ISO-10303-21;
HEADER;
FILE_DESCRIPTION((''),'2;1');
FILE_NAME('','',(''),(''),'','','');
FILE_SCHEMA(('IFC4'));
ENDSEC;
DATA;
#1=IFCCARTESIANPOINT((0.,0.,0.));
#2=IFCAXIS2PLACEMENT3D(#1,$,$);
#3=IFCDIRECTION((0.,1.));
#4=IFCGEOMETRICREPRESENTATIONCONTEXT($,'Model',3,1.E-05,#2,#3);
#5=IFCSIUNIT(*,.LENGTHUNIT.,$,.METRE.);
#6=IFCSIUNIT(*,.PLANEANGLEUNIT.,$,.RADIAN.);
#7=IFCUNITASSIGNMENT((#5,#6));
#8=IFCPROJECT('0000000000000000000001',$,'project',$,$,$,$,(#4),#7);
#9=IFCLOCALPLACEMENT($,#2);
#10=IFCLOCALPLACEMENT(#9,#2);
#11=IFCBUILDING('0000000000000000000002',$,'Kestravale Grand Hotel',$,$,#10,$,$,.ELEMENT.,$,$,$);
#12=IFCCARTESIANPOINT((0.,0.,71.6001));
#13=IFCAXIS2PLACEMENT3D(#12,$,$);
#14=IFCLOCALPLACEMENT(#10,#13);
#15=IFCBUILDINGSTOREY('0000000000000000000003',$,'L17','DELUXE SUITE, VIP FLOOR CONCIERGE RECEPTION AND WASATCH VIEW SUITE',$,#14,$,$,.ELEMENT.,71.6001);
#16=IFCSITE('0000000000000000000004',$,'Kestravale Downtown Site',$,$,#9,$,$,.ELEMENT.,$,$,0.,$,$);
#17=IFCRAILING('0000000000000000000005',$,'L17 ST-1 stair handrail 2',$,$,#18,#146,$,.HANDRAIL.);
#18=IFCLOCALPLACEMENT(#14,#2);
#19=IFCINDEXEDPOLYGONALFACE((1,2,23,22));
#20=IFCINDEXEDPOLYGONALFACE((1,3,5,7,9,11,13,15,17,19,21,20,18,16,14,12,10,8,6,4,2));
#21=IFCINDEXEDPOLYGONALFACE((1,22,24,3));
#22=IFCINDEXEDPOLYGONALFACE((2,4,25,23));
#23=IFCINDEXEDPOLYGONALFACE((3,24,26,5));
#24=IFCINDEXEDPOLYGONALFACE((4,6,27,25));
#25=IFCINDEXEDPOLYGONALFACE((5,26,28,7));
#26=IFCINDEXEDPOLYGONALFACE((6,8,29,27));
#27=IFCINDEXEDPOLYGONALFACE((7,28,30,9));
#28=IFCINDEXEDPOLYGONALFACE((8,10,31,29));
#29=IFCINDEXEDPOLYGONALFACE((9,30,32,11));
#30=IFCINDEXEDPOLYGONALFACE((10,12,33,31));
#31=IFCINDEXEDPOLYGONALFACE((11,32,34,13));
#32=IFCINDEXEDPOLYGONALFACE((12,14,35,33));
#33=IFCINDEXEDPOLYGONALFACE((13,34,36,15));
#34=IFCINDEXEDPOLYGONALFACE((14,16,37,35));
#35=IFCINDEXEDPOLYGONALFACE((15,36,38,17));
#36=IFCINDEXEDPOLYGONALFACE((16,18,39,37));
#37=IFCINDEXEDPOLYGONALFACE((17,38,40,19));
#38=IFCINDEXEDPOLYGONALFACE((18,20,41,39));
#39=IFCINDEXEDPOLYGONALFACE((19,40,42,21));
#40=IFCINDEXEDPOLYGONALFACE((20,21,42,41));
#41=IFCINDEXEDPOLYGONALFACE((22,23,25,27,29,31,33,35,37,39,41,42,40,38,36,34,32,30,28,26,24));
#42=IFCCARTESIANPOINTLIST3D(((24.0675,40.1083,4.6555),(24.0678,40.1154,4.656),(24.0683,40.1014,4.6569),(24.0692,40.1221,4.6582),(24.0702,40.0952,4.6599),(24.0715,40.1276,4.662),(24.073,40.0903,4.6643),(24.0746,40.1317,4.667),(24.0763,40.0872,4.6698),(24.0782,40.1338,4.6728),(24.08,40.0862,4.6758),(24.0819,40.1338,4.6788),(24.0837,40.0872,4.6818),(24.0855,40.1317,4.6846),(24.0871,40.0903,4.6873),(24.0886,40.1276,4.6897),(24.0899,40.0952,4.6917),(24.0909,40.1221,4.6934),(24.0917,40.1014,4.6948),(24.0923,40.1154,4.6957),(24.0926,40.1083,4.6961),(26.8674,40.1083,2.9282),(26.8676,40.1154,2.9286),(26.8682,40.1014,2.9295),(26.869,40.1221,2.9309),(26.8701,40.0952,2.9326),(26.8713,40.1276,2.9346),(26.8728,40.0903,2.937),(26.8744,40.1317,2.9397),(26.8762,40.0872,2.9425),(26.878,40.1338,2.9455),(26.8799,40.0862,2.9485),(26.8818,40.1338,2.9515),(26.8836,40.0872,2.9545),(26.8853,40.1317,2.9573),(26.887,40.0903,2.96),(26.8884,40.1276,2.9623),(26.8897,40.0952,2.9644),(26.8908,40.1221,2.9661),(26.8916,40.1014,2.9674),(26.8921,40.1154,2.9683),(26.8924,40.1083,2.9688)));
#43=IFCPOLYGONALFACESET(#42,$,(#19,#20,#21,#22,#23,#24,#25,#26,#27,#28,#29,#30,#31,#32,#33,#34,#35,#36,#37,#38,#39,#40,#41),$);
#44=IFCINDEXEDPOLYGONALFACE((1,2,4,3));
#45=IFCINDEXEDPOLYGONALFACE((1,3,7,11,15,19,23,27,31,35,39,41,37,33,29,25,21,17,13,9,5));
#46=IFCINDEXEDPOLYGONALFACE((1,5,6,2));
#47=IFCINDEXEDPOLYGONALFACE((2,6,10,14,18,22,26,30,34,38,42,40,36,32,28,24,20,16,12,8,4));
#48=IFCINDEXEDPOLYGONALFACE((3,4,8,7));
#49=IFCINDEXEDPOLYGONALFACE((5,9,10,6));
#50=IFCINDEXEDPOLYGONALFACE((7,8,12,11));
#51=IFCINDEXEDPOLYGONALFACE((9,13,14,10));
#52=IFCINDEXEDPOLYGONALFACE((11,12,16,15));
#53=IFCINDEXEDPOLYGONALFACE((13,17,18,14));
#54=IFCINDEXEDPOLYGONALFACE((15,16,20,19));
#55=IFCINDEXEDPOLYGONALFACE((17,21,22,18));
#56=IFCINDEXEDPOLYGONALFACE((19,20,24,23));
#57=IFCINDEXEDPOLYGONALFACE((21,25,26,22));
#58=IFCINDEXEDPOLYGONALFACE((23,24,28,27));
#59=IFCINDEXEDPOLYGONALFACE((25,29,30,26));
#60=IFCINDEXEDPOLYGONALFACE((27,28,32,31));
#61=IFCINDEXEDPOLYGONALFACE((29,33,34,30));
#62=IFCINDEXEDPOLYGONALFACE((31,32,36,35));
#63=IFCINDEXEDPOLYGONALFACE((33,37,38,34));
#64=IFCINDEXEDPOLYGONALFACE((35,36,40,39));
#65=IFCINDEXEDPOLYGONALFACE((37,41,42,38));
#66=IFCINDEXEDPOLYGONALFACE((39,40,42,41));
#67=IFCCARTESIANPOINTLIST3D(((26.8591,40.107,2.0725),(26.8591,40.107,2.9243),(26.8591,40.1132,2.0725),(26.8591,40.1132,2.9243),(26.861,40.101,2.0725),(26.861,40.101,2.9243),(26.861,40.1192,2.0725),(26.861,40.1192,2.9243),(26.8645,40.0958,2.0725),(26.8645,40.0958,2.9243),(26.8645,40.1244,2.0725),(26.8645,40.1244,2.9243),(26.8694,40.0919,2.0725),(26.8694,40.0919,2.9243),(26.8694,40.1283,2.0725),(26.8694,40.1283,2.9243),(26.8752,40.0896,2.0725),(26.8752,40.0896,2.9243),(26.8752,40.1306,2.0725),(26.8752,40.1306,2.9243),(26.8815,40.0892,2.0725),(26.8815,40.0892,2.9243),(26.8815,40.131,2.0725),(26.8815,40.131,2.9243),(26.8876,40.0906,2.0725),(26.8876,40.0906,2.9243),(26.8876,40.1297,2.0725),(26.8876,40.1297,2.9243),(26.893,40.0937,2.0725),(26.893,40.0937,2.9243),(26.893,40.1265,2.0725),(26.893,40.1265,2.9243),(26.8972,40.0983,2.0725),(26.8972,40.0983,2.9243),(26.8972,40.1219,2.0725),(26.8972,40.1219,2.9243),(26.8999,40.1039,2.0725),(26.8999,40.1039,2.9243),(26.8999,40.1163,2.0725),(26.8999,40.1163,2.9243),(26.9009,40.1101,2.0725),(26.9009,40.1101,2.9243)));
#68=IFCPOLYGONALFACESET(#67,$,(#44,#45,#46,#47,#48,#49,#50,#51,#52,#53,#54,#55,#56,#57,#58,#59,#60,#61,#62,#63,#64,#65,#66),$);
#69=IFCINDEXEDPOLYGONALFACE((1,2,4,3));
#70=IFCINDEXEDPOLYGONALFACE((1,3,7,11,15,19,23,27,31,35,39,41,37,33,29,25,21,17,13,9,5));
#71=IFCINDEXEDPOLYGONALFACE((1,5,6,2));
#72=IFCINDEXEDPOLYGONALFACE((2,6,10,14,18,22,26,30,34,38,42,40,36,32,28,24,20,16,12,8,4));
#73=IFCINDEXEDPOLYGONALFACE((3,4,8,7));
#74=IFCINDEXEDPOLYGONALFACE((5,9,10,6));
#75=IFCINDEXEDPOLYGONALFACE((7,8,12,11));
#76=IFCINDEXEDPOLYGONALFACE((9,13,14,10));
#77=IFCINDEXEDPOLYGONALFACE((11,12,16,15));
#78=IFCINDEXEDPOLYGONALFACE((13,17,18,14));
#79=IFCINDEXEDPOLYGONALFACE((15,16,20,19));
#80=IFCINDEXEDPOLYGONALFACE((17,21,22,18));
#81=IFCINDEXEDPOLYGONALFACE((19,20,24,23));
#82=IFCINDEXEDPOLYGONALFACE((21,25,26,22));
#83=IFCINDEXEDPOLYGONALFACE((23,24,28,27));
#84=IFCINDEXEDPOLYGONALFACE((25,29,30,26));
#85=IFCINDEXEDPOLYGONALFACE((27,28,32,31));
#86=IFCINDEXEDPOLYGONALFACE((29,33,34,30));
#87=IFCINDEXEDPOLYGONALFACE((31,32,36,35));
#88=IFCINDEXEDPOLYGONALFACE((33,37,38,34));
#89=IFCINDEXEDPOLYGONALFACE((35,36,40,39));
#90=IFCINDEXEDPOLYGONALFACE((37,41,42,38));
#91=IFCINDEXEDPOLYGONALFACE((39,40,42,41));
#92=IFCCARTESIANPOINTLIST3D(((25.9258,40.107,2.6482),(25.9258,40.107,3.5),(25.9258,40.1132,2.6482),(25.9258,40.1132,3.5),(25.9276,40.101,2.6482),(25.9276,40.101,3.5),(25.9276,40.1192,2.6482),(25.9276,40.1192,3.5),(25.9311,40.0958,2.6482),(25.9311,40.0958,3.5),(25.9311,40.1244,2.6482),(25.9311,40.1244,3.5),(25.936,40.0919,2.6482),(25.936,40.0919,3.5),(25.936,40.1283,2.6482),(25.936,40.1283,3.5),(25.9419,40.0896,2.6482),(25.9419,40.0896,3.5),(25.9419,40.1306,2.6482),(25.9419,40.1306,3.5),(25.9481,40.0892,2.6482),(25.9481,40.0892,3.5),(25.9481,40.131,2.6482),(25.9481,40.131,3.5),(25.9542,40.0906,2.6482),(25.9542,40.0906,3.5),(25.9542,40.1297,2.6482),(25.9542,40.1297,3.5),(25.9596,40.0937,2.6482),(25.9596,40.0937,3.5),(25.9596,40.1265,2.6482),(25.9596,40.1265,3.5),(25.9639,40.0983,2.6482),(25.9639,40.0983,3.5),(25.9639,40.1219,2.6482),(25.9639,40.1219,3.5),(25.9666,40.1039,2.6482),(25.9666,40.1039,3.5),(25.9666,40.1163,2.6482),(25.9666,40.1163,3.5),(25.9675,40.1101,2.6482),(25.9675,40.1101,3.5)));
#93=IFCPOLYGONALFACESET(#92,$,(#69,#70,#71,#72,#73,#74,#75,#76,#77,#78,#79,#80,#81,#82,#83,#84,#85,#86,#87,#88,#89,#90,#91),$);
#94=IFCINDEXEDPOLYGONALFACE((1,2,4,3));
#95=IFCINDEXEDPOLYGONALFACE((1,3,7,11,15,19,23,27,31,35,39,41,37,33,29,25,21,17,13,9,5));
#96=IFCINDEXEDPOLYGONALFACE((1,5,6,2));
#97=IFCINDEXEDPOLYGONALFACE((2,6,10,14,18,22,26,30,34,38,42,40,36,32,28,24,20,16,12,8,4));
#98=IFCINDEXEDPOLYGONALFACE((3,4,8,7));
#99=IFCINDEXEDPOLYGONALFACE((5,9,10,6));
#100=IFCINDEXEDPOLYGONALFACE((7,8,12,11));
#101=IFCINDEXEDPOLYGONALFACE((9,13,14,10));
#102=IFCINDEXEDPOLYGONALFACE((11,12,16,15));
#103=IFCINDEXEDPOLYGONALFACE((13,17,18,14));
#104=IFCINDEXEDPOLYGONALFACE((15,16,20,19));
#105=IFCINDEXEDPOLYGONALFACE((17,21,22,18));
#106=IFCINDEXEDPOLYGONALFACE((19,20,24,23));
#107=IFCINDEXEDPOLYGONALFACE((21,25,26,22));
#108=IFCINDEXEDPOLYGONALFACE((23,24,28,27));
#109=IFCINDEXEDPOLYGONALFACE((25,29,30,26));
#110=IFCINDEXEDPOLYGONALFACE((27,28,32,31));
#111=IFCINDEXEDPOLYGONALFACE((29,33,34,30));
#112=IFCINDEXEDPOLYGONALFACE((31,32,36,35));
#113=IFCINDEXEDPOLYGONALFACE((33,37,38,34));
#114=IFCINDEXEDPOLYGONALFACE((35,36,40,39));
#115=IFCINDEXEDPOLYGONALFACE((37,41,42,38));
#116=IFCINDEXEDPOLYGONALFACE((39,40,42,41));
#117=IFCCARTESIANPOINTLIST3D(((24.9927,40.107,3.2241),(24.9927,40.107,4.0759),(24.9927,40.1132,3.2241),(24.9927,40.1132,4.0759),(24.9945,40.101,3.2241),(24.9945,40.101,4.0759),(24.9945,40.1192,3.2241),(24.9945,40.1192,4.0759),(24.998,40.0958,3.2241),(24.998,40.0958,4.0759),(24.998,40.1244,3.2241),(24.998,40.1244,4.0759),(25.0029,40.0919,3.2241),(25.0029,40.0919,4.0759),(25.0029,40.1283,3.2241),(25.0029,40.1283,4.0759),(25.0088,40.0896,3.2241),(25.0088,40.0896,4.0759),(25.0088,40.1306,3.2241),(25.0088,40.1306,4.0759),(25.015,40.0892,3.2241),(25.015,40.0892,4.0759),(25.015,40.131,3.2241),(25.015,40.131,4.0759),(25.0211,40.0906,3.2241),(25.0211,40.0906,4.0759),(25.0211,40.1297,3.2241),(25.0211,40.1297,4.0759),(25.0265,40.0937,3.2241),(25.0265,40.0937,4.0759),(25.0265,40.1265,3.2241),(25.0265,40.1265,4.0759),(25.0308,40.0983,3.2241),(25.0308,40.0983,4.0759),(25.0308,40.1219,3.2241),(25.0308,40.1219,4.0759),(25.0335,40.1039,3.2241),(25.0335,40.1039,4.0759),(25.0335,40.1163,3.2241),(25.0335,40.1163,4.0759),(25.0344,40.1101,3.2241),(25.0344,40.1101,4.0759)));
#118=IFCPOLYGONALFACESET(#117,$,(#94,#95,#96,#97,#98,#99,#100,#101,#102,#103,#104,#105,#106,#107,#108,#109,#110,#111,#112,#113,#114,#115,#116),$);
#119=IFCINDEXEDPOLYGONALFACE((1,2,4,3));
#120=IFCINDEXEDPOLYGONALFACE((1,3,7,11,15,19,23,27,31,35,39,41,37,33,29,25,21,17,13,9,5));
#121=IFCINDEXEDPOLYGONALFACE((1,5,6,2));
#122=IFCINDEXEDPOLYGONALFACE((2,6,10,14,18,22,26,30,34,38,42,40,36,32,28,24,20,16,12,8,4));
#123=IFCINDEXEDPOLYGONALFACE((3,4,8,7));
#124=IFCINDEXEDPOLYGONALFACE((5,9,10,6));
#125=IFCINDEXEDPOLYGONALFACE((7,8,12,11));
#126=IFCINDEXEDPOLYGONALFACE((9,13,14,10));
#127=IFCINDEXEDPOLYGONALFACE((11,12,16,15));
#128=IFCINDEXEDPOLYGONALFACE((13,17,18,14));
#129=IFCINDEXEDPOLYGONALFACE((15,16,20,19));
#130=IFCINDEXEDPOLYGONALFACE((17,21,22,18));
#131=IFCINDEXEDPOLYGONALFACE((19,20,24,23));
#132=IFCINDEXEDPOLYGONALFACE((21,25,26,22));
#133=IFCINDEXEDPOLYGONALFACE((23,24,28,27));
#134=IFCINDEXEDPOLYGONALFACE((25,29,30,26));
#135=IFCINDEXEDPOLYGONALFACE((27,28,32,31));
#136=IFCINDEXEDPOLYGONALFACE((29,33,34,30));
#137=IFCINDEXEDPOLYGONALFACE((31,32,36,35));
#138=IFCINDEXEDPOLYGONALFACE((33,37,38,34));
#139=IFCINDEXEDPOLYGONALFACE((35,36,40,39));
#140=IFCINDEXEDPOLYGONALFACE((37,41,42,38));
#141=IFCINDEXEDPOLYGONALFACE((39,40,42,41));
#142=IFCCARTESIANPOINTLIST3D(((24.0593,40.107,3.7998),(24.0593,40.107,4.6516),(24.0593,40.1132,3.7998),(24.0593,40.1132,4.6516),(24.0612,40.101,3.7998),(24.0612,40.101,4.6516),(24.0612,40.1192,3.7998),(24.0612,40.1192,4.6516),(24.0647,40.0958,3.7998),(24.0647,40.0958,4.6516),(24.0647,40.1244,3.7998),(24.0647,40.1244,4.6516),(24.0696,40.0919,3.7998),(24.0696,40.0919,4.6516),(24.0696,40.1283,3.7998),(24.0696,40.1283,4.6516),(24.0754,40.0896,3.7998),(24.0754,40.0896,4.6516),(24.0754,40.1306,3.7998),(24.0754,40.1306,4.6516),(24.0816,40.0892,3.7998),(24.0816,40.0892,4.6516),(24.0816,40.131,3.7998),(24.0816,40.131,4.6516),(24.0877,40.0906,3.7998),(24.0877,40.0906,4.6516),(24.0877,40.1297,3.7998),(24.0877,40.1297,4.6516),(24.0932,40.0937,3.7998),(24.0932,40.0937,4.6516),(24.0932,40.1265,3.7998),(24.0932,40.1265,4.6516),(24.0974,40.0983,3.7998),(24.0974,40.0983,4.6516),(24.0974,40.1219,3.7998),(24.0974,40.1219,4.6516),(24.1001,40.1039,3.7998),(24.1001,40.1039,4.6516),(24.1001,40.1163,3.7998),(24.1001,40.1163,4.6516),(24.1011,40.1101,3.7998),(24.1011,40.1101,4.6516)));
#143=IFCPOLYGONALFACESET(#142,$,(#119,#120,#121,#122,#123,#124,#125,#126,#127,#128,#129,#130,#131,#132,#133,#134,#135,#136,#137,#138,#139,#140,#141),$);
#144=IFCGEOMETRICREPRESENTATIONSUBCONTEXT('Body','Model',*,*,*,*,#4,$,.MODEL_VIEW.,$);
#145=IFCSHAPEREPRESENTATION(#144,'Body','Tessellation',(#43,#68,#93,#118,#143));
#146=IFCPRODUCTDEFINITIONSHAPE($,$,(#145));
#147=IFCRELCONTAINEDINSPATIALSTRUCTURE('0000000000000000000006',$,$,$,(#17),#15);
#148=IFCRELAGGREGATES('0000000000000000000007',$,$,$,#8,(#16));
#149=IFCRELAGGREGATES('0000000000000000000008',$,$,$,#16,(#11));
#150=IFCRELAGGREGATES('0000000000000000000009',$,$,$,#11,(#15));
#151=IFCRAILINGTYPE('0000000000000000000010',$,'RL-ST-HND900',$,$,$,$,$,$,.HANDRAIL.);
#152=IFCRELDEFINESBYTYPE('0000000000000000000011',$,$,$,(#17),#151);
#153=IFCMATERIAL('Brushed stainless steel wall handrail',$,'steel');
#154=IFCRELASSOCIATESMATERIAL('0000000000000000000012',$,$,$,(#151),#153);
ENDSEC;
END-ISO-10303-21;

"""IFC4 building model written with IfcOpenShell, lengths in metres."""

from ifc_helpers import new_model, si_unit, direction, frame, origin, origin_2d, place, context, subcontext, project, spatial, circle, extrude, material, type_object, element, save


model = new_model("IFC4")

# Units and contexts
model_context = context("Model", 3, precision=1e-05, world=origin(), true_north=direction((0.0, 1.0)))
body_context = subcontext(model_context, "Body", "Model", "MODEL_VIEW")
ifc_project = project(units=[si_unit("LENGTHUNIT", "METRE"), si_unit("PLANEANGLEUNIT", "RADIAN")], contexts=[model_context])

# Site, building, storey
site_placement = place(None, origin())
site = spatial("IfcSite", under=ifc_project, at=site_placement, Name="Kestravale Downtown Site", CompositionType="ELEMENT", RefElevation=0.0)
building_placement = place(site_placement, origin())
building = spatial("IfcBuilding", under=site, at=building_placement, Name="Kestravale Grand Hotel", CompositionType="ELEMENT")
storey_placement = place(building_placement, frame((0.0, 0.0, 71.6001)))
storey = spatial("IfcBuildingStorey", under=building, at=storey_placement, Name="L17", Description="DELUXE SUITE, VIP FLOOR CONCIERGE RECEPTION AND WASATCH VIEW SUITE", CompositionType="ELEMENT", Elevation=71.6001)

# Railing
ifc_material_1 = material(Name="Brushed stainless steel wall handrail", Category="steel")
railing_type_1 = type_object("IfcRailingType", Name="RL-ST-HND900", PredefinedType="HANDRAIL", material=ifc_material_1)
railing_1_placement = place(storey_placement, frame((26.8799, 40.1101, 2.0725)))
element("IfcRailing", 1, at=railing_1_placement, inside=storey, type_object=railing_type_1, Name="L17 ST-1 stair handrail 2", PredefinedType="HANDRAIL", context=body_context, shape_type="SweptSolid", body=[
    extrude(circle(Radius=0.0239, at=origin_2d()), frame((0.0, 0.0, 0.876), z_axis=(-0.851069, 0.0, 0.525054), x_axis=(0.0, -1.0, 0.0)), (0.0, 0.0, 1.0), 3.2898),
    extrude(circle(Radius=0.021, at=origin_2d()), origin(), (0.0, 0.0, 1.0), 0.8518),
    extrude(circle(Radius=0.021, at=origin_2d()), frame((-0.9333, 0.0, 0.5757)), (0.0, 0.0, 1.0), 0.8518),
    extrude(circle(Radius=0.021, at=origin_2d()), frame((-1.8665, 0.0, 1.1516)), (0.0, 0.0, 1.0), 0.8518),
    extrude(circle(Radius=0.021, at=origin_2d()), frame((-2.7998, 0.0, 1.7273)), (0.0, 0.0, 1.0), 0.8518),
])

save(model, "model.ifc")
